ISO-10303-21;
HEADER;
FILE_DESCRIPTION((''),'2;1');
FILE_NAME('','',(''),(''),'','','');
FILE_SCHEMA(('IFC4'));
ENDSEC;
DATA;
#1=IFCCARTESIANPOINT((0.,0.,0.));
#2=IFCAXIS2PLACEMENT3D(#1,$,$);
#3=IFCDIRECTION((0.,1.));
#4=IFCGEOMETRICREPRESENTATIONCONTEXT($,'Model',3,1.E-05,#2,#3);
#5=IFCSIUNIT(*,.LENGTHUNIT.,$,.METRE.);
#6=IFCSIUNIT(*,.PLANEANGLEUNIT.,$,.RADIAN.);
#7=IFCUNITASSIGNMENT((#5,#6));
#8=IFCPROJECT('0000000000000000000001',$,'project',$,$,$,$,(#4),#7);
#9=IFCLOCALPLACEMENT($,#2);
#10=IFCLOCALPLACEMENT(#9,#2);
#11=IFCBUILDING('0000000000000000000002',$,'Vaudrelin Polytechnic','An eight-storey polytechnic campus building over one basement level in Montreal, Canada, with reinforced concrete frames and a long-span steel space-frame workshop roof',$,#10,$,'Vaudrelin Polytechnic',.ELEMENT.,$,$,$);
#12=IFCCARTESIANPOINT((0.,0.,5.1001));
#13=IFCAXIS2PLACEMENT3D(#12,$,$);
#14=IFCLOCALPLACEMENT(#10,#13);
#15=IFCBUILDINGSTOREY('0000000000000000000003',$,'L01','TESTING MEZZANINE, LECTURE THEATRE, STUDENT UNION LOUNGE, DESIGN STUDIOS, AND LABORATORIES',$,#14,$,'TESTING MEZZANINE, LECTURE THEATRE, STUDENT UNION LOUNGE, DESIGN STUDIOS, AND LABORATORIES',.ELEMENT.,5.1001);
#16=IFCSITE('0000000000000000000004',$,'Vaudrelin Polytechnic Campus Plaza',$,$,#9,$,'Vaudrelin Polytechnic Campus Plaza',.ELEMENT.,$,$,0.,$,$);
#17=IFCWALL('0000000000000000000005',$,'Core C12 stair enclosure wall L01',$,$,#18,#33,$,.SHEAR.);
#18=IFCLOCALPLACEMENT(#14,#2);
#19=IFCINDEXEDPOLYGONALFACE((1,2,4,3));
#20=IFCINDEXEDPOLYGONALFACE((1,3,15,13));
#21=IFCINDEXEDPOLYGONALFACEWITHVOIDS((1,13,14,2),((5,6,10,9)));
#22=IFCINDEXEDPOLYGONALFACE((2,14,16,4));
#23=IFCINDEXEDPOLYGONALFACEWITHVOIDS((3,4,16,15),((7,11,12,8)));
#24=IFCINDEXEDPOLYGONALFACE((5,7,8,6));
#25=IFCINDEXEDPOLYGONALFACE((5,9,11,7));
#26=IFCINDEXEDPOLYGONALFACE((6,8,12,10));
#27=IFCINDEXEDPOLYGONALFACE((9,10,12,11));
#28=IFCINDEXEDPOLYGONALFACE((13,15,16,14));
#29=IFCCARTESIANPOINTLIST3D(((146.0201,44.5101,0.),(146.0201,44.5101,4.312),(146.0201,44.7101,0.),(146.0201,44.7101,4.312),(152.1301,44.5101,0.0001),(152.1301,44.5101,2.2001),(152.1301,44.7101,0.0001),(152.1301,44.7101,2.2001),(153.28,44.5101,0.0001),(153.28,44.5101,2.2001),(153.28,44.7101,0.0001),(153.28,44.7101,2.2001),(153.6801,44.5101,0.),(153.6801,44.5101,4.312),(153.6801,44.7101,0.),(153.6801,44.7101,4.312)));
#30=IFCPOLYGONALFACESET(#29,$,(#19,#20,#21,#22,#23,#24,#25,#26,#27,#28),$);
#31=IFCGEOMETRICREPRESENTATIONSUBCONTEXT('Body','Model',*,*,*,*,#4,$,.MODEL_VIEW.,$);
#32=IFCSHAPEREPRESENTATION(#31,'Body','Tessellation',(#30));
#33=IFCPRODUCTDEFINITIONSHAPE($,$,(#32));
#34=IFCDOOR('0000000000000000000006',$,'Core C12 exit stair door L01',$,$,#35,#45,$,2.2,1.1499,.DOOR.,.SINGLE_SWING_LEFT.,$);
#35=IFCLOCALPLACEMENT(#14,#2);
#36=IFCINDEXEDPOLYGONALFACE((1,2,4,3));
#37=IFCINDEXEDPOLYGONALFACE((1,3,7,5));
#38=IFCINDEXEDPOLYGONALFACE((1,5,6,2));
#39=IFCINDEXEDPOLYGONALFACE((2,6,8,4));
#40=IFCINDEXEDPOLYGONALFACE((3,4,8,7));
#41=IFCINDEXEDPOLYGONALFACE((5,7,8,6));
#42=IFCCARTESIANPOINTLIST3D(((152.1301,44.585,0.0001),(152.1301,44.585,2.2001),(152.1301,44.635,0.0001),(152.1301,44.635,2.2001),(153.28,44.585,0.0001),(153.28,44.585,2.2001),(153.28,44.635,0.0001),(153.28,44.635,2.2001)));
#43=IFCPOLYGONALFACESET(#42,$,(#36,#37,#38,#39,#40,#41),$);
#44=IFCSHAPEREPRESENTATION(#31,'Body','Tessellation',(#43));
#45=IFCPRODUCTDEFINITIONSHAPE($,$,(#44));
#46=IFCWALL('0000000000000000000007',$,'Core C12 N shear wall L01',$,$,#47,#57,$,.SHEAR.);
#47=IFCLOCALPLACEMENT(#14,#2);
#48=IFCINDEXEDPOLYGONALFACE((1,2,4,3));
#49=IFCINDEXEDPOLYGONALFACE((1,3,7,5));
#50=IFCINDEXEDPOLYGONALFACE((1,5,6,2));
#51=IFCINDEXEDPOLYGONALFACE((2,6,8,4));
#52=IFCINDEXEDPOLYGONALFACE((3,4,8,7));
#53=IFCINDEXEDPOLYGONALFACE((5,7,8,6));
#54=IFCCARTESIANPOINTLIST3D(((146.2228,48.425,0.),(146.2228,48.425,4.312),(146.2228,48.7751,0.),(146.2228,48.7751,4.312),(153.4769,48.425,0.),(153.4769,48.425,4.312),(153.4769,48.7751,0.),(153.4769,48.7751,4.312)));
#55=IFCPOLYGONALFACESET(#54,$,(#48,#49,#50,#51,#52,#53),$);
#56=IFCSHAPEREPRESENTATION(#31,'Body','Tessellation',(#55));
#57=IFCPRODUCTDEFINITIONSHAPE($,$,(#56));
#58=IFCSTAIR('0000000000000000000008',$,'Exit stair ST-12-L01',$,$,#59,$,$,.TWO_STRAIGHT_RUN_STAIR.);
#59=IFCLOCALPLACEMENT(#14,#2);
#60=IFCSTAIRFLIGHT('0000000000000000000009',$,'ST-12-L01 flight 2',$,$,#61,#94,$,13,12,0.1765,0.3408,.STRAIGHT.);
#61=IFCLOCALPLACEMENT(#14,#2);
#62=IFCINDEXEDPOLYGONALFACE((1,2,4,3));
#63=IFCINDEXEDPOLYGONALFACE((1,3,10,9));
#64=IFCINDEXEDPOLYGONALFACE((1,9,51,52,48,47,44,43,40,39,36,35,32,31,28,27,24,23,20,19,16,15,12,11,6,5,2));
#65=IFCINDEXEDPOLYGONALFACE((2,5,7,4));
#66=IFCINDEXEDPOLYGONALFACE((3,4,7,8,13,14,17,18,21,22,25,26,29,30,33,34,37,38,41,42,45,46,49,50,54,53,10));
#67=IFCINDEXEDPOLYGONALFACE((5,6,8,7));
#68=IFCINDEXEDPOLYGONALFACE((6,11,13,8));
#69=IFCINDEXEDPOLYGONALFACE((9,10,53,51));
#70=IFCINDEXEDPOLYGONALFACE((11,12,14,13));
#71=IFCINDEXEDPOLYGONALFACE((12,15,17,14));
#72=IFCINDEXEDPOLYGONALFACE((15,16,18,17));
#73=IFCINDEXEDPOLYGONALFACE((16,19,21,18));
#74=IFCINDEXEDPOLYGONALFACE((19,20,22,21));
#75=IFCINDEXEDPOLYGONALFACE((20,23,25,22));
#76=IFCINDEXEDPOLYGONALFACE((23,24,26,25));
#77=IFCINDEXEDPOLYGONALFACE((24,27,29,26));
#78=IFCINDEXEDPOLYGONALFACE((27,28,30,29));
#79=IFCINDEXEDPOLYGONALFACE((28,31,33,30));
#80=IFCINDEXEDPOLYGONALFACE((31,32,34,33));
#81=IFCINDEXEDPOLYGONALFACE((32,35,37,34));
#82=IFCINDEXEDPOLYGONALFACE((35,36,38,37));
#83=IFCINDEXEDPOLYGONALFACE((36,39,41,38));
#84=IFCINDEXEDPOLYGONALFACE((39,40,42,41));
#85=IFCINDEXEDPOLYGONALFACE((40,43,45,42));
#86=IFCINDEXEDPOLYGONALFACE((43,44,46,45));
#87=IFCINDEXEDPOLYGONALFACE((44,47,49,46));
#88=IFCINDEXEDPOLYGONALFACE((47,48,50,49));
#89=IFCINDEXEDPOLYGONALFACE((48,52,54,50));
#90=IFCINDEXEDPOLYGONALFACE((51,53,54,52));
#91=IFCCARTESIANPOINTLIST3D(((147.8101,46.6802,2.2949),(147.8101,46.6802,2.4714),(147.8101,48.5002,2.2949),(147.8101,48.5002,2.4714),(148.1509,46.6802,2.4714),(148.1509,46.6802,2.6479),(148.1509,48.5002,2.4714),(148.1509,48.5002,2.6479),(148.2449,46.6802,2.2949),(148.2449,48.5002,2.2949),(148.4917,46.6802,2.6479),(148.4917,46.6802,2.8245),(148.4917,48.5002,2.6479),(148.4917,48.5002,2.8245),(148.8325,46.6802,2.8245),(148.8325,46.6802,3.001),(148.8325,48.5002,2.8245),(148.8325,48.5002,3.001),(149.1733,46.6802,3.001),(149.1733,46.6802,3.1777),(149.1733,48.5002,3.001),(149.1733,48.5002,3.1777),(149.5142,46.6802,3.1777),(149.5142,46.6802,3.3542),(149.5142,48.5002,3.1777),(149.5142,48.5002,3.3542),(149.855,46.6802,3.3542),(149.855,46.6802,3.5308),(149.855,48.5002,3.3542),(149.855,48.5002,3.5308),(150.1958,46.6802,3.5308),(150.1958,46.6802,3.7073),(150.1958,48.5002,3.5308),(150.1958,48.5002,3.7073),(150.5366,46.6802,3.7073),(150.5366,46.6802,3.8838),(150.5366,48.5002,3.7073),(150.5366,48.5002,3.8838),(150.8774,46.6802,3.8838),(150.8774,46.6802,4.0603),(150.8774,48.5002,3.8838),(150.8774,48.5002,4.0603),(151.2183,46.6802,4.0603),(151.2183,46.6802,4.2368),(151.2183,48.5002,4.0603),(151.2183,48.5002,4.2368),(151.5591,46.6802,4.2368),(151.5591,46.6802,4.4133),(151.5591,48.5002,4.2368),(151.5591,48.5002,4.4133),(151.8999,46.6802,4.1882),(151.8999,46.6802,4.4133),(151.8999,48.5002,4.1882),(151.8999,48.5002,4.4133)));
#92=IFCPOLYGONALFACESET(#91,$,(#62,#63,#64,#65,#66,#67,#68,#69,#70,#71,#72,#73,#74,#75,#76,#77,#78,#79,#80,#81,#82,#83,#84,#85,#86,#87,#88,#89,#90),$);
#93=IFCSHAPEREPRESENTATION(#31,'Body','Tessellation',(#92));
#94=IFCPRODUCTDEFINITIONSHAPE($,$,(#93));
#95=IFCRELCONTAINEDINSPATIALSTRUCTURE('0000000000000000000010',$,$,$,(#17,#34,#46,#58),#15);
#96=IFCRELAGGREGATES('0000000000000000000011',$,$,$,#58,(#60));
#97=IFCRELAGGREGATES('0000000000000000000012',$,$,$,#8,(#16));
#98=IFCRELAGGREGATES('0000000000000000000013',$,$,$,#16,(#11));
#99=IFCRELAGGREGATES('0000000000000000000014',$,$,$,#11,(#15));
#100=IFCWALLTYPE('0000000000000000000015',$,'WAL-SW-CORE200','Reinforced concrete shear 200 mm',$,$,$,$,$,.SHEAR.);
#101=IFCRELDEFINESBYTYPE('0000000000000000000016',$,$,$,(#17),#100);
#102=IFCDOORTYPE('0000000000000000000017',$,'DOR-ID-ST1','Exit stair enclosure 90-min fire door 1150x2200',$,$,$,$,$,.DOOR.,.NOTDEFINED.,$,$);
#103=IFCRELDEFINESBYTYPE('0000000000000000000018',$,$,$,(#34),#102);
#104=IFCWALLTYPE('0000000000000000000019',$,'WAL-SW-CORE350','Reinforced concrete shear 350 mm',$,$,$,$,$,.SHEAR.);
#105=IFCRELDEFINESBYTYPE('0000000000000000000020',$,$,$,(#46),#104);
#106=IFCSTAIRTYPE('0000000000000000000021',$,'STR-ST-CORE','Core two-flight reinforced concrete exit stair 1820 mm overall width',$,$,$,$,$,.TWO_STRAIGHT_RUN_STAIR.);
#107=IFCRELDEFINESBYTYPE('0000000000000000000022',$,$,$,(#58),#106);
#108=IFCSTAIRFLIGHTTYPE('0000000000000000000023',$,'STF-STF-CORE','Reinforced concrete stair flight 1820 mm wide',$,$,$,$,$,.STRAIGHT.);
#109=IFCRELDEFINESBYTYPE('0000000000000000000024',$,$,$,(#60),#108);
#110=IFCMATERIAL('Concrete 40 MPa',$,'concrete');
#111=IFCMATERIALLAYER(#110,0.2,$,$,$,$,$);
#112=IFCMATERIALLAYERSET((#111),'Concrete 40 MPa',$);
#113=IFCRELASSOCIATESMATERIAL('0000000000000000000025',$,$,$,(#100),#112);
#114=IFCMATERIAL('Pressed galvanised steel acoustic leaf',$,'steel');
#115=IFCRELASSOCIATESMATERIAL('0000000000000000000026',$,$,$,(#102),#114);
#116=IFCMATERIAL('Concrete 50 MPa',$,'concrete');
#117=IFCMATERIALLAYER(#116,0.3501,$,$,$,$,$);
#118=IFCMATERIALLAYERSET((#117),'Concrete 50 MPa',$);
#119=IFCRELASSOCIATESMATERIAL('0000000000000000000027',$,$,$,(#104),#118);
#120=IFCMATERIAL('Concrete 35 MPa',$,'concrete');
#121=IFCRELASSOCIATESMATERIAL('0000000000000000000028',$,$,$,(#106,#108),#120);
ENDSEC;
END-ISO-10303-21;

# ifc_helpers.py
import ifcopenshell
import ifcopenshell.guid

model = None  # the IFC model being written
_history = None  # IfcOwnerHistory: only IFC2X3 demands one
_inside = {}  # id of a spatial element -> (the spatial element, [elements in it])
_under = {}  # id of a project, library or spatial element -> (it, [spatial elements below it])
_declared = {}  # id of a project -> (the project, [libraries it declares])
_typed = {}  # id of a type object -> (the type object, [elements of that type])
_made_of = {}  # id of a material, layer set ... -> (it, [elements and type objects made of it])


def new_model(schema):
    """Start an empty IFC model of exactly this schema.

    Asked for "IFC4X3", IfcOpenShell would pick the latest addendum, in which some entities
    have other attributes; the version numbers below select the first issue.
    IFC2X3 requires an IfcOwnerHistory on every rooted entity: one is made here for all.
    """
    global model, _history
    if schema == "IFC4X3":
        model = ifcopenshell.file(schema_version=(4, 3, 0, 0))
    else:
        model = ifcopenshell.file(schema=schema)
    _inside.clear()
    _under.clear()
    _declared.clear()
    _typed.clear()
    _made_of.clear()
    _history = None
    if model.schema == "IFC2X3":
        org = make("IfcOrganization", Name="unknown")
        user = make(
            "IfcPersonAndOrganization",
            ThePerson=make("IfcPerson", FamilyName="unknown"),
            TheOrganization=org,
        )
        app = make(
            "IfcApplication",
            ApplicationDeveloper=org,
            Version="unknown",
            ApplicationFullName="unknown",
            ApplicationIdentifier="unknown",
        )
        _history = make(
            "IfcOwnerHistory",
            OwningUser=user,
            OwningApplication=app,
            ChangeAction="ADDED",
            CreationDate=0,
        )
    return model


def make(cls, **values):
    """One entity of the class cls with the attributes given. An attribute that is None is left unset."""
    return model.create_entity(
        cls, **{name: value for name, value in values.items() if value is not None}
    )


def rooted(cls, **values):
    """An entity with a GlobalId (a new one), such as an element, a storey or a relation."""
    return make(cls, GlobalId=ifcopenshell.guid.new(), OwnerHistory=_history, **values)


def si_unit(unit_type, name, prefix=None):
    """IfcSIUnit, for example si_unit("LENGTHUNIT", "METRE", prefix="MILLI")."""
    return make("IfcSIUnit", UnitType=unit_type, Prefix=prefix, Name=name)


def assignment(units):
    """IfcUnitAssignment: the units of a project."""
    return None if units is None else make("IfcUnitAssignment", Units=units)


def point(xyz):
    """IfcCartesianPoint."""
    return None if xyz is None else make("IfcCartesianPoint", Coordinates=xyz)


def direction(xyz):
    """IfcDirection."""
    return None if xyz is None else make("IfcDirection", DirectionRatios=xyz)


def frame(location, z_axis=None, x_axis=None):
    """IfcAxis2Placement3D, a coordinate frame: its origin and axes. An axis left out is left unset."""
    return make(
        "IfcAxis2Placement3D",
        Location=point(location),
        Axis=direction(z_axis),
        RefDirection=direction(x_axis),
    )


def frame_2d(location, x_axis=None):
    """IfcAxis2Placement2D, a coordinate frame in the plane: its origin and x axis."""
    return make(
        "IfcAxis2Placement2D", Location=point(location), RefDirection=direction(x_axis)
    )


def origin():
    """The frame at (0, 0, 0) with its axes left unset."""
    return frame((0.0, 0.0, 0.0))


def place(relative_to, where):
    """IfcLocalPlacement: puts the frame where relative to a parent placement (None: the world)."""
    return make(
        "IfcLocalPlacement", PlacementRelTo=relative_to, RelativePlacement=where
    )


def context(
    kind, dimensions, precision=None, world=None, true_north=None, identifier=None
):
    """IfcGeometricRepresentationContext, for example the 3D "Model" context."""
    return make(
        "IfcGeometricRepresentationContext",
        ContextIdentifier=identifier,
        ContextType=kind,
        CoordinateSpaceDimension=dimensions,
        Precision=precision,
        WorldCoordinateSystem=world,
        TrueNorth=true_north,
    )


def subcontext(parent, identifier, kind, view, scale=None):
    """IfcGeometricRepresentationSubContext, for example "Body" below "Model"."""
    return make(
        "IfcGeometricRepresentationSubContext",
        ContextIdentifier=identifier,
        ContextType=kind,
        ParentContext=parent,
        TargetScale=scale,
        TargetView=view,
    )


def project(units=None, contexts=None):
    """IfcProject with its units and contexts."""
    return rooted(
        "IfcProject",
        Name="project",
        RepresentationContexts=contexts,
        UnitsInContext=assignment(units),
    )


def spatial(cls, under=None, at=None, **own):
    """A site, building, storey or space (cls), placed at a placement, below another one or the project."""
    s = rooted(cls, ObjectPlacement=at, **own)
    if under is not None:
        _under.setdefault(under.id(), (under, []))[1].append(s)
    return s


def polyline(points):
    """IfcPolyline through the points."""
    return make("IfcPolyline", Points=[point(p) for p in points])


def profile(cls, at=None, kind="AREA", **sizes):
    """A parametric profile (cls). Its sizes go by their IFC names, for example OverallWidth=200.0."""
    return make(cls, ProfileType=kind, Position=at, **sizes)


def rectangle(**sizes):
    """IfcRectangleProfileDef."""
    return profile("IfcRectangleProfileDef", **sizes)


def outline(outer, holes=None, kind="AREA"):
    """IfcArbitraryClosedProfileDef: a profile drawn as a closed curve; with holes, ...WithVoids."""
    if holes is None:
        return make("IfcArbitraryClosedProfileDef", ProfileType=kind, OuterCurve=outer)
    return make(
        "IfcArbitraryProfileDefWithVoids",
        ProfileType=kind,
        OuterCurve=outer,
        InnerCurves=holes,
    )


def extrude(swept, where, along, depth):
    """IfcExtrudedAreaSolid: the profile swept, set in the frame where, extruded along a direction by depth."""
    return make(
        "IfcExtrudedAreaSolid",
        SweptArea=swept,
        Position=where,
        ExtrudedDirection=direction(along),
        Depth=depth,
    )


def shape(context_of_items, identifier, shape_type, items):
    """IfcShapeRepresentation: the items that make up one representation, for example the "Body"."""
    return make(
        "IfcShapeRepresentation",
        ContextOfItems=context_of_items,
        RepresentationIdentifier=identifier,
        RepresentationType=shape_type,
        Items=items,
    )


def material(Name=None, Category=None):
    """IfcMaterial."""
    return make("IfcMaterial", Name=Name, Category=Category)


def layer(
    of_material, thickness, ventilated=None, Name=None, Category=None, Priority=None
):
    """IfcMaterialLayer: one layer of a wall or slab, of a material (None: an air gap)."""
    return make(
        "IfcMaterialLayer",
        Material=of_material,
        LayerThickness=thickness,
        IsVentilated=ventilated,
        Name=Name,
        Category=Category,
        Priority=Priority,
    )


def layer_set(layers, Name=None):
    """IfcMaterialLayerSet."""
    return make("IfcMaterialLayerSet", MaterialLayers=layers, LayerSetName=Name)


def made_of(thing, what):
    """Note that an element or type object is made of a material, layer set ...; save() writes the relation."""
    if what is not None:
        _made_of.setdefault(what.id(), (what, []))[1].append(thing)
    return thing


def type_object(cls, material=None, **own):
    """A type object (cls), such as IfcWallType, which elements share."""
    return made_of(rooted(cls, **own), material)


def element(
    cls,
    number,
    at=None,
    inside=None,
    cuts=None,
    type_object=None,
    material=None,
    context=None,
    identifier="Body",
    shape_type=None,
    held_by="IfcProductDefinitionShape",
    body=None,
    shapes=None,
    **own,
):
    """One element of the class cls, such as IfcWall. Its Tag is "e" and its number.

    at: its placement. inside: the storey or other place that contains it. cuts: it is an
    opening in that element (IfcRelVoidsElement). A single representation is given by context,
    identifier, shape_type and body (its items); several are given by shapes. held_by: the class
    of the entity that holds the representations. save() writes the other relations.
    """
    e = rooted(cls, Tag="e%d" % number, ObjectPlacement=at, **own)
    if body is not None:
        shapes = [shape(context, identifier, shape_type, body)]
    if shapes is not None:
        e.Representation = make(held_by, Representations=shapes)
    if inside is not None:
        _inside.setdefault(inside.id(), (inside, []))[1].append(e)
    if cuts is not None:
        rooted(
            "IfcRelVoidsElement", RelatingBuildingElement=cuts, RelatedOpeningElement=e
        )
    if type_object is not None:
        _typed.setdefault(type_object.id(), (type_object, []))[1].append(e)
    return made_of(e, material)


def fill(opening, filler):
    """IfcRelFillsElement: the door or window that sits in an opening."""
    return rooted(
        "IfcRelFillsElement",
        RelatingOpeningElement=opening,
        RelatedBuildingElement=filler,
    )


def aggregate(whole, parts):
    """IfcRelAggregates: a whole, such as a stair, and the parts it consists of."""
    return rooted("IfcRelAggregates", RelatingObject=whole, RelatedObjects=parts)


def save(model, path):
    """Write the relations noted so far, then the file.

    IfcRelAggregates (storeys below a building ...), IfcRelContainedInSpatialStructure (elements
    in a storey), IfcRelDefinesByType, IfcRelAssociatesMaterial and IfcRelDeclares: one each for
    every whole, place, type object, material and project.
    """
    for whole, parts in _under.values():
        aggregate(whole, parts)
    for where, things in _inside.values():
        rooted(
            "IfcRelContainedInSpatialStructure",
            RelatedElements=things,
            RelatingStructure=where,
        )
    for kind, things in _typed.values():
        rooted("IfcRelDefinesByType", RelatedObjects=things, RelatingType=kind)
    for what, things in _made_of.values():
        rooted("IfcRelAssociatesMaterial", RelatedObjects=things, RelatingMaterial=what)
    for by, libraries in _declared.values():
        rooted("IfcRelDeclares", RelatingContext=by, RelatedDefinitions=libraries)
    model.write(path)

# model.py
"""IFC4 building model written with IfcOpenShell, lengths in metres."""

from ifc_helpers import new_model, si_unit, direction, frame, frame_2d, origin, place, context, subcontext, project, spatial, polyline, rectangle, outline, extrude, material, layer, layer_set, type_object, element, fill, aggregate, save


model = new_model("IFC4")

# Units and contexts
model_context = context("Model", 3, precision=1e-05, world=origin(), true_north=direction((0.0, 1.0)))
body_context = subcontext(model_context, "Body", "Model", "MODEL_VIEW")
ifc_project = project(units=[si_unit("LENGTHUNIT", "METRE"), si_unit("PLANEANGLEUNIT", "RADIAN")], contexts=[model_context])

# Site, building, storey
site_placement = place(None, origin())
site = spatial("IfcSite", under=ifc_project, at=site_placement, Name="Vaudrelin Polytechnic Campus Plaza", LongName="Vaudrelin Polytechnic Campus Plaza", CompositionType="ELEMENT", RefElevation=0.0)
building_placement = place(site_placement, origin())
building = spatial("IfcBuilding", under=site, at=building_placement, Name="Vaudrelin Polytechnic", Description="An eight-storey polytechnic campus building over one basement level in Montreal, Canada, with reinforced concrete frames and a long-span steel space-frame workshop roof", LongName="Vaudrelin Polytechnic", CompositionType="ELEMENT")
storey_placement = place(building_placement, frame((0.0, 0.0, 5.1001)))
storey = spatial("IfcBuildingStorey", under=building, at=storey_placement, Name="L01", Description="TESTING MEZZANINE, LECTURE THEATRE, STUDENT UNION LOUNGE, DESIGN STUDIOS, AND LABORATORIES", LongName="TESTING MEZZANINE, LECTURE THEATRE, STUDENT UNION LOUNGE, DESIGN STUDIOS, AND LABORATORIES", CompositionType="ELEMENT", Elevation=5.1001)

# Shared definitions
ifc_material_1 = material(Name="Concrete 50 MPa", Category="concrete")

# Shared definitions
ifc_material_2 = material(Name="Concrete 40 MPa", Category="concrete")

# Wall, opening, door
ifc_layer_1 = layer(ifc_material_2, 0.2)
ifc_layer_set_1 = layer_set([ifc_layer_1], Name="Concrete 40 MPa")
wall_type_1 = type_object("IfcWallType", Name="WAL-SW-CORE200", Description="Reinforced concrete shear 200 mm", PredefinedType="SHEAR", material=ifc_layer_set_1)
wall_1_placement = place(storey_placement, frame((146.02, 44.6101, 0.0), z_axis=(0.0, 0.0, 1.0), x_axis=(1.0, 0.0, 0.0)))
wall_1 = element("IfcWall", 1, at=wall_1_placement, inside=storey, type_object=wall_type_1, Name="Core C12 stair enclosure wall L01", PredefinedType="SHEAR", context=body_context, shape_type="SweptSolid", body=[
    extrude(rectangle(XDim=7.6599, YDim=0.2, at=frame_2d((3.8301, 0.0))), origin(), (0.0, 0.0, 1.0), 4.312),
])
opening_placement = place(wall_1_placement, frame((6.1101, 0.0, 0.0)))
opening = element("IfcOpeningElement", 2, at=opening_placement, cuts=wall_1, PredefinedType="OPENING", context=body_context, shape_type="SweptSolid", body=[
    extrude(rectangle(XDim=1.1499, YDim=2.2, at=frame_2d((0.575, 1.1001))), frame((0.0, 0.1099, 0.0), z_axis=(0.0, -1.0, 0.0), x_axis=(1.0, 0.0, 0.0)), (0.0, 0.0, 1.0), 0.22),
])
ifc_material_3 = material(Name="Pressed galvanised steel acoustic leaf", Category="steel")
door_type = type_object("IfcDoorType", Name="DOR-ID-ST1", Description="Exit stair enclosure 90-min fire door 1150x2200", OperationType="NOTDEFINED", PredefinedType="DOOR", material=ifc_material_3)
door_placement = place(opening_placement, origin())
door = element("IfcDoor", 3, at=door_placement, inside=storey, type_object=door_type, Name="Core C12 exit stair door L01", OperationType="SINGLE_SWING_LEFT", OverallHeight=2.2, OverallWidth=1.1499, PredefinedType="DOOR", context=body_context, shape_type="SweptSolid", body=[
    extrude(rectangle(XDim=1.1499, YDim=2.2, at=frame_2d((0.575, 1.1001))), frame((0.0, 0.0249, 0.0), z_axis=(0.0, -1.0, 0.0), x_axis=(1.0, 0.0, 0.0)), (0.0, 0.0, 1.0), 0.05),
])
fill(opening, door)

# Wall
ifc_layer_2 = layer(ifc_material_1, 0.3501)
ifc_layer_set_2 = layer_set([ifc_layer_2], Name="Concrete 50 MPa")
wall_type_2 = type_object("IfcWallType", Name="WAL-SW-CORE350", Description="Reinforced concrete shear 350 mm", PredefinedType="SHEAR", material=ifc_layer_set_2)
wall_2_placement = place(storey_placement, frame((146.2229, 48.6001, 0.0), z_axis=(0.0, 0.0, 1.0), x_axis=(1.0, 0.0, 0.0)))
element("IfcWall", 4, at=wall_2_placement, inside=storey, type_object=wall_type_2, Name="Core C12 N shear wall L01", PredefinedType="SHEAR", context=body_context, shape_type="SweptSolid", body=[
    extrude(rectangle(XDim=7.2542, YDim=0.3501, at=frame_2d((3.627, 0.0))), origin(), (0.0, 0.0, 1.0), 4.312),
])

# Stair, stair flight
ifc_material_4 = material(Name="Concrete 35 MPa", Category="concrete")
stair_type = type_object("IfcStairType", Name="STR-ST-CORE", Description="Core two-flight reinforced concrete exit stair 1820 mm overall width", PredefinedType="TWO_STRAIGHT_RUN_STAIR", material=ifc_material_4)
stair_placement = place(storey_placement, origin())
stair = element("IfcStair", 5, at=stair_placement, inside=storey, type_object=stair_type, Name="Exit stair ST-12-L01", PredefinedType="TWO_STRAIGHT_RUN_STAIR")
stair_flight_type = type_object("IfcStairFlightType", Name="STF-STF-CORE", Description="Reinforced concrete stair flight 1820 mm wide", PredefinedType="STRAIGHT", material=ifc_material_4)
stair_flight_placement = place(storey_placement, frame((147.8101, 47.5901, 2.2949), z_axis=(0.0, 0.0, 1.0), x_axis=(1.0, 0.0, 0.0)))
stair_flight = element("IfcStairFlight", 6, at=stair_flight_placement, type_object=stair_flight_type, Name="ST-12-L01 flight 2", NumberOfRisers=13, NumberOfTreads=12, PredefinedType="STRAIGHT", RiserHeight=0.1765, TreadLength=0.3408, context=body_context, shape_type="SweptSolid", body=[
    extrude(outline(polyline([(0.0, 0.0), (0.0, 0.1765), (0.3408, 0.1765), (0.3408, 0.353), (0.6816, 0.353), (0.6816, 0.5295), (1.0225, 0.5295), (1.0225, 0.7061), (1.3633, 0.7061), (1.3633, 0.8828), (1.7041, 0.8828), (1.7041, 1.0593), (2.0449, 1.0593), (2.0449, 1.2358), (2.3857, 1.2358), (2.3857, 1.4124), (2.7266, 1.4124), (2.7266, 1.5889), (3.0674, 1.5889), (3.0674, 1.7654), (3.4082, 1.7654), (3.4082, 1.9419), (3.749, 1.9419), (3.749, 2.1184), (4.0898, 2.1184), (4.0898, 2.2949), (4.0898, 1.8933), (0.4348, 0.0), (0.0, 0.0)])), frame((0.0, 0.9102, 0.0), z_axis=(0.0, -1.0, 0.0), x_axis=(1.0, 0.0, 0.0)), (0.0, 0.0, 1.0), 1.8201),
])
aggregate(stair, [stair_flight])

save(model, "model.ifc")
